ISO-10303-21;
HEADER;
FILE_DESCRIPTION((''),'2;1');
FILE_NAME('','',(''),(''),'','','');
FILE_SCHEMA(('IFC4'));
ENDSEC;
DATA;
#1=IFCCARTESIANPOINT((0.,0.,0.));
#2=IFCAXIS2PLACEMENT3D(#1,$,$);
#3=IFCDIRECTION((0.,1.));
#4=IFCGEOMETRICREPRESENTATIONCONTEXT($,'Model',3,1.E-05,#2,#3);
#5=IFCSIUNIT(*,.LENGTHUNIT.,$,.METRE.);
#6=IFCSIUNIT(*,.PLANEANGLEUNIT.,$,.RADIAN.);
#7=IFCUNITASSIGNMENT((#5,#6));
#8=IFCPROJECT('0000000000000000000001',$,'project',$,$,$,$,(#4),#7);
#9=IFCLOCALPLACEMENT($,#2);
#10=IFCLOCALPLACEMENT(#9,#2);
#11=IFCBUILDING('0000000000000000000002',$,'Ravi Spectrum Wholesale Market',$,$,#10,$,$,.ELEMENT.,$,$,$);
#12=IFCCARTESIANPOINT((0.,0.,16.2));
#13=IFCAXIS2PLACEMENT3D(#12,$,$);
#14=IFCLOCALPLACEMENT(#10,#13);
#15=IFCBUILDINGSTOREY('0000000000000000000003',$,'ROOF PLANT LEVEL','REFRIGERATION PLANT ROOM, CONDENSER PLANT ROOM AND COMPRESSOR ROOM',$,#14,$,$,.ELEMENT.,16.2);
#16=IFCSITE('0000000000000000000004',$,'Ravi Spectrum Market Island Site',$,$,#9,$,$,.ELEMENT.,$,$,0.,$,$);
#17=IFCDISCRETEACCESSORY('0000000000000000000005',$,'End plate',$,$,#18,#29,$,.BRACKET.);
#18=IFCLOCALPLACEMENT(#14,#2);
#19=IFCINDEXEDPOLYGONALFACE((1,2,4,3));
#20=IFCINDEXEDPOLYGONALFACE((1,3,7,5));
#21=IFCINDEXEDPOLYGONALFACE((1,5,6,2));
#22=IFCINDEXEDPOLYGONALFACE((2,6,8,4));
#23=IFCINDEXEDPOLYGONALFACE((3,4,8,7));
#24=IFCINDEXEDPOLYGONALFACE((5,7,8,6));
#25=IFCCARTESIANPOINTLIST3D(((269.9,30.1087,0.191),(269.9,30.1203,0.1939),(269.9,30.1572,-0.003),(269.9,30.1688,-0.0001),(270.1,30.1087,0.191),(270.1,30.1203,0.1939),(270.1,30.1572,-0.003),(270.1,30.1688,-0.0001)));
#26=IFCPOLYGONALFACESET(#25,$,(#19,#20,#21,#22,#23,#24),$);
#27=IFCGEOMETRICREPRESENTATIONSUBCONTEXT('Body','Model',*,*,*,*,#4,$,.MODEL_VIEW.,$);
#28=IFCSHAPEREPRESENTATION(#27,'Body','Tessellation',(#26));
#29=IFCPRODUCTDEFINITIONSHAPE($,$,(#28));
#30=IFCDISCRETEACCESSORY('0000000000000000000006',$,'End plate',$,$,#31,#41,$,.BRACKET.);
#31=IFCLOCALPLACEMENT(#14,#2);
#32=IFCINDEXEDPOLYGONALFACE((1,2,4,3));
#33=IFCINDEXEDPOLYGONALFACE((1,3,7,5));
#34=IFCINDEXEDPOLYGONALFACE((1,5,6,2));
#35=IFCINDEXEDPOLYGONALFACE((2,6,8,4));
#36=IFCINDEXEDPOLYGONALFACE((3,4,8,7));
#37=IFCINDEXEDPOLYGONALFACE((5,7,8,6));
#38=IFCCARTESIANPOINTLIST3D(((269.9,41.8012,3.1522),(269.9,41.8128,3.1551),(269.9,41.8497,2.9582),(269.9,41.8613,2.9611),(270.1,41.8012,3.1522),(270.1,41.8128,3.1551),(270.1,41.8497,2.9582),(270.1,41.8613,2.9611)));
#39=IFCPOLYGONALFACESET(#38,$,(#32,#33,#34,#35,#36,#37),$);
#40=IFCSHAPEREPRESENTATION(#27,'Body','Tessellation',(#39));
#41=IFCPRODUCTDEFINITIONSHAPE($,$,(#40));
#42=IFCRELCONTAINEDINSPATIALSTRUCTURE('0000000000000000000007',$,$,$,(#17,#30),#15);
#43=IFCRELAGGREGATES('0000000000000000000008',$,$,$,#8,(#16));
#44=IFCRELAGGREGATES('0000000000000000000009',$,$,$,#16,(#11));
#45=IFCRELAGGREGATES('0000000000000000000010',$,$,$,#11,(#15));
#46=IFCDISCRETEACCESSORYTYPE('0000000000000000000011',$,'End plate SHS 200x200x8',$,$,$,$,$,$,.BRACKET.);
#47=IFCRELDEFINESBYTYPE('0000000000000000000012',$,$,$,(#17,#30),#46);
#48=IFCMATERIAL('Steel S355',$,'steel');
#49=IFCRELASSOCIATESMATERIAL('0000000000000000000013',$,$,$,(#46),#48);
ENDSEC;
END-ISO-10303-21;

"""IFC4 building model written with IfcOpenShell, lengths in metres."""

from ifc_helpers import new_model, si_unit, direction, frame, origin, origin_2d, place, context, subcontext, project, spatial, rectangle, extrude, material, material_profile, profile_set, type_object, element, save


model = new_model("IFC4")

# Units and contexts
model_context = context("Model", 3, precision=1e-05, world=origin(), true_north=direction((0.0, 1.0)))
body_context = subcontext(model_context, "Body", "Model", "MODEL_VIEW")
ifc_project = project(units=[si_unit("LENGTHUNIT", "METRE"), si_unit("PLANEANGLEUNIT", "RADIAN")], contexts=[model_context])

# Site, building, storey
site_placement = place(None, origin())
site = spatial("IfcSite", under=ifc_project, at=site_placement, Name="Ravi Spectrum Market Island Site", CompositionType="ELEMENT", RefElevation=0.0)
building_placement = place(site_placement, origin())
building = spatial("IfcBuilding", under=site, at=building_placement, Name="Ravi Spectrum Wholesale Market", CompositionType="ELEMENT")
storey_placement = place(building_placement, frame((0.0, 0.0, 16.2)))
storey = spatial("IfcBuildingStorey", under=building, at=storey_placement, Name="ROOF PLANT LEVEL", Description="REFRIGERATION PLANT ROOM, CONDENSER PLANT ROOM AND COMPRESSOR ROOM", CompositionType="ELEMENT", Elevation=16.2)

# Discrete accessories
ifc_material_1 = material(Name="Steel S355", Category="steel")
ifc_material_profile_1 = material_profile(ifc_material_1, rectangle(XDim=0.2, YDim=0.2, at=origin_2d()))
ifc_profile_set_1 = profile_set([ifc_material_profile_1], Name="Steel S355")
discrete_accessory_type_1 = type_object("IfcDiscreteAccessoryType", Name="End plate SHS 200x200x8", PredefinedType="BRACKET", material=ifc_profile_set_1)
for number, where, z_axis, x_axis, name in (
    (1, (270.0, 30.1445, 0.0969), (0.0, -0.970143, -0.242536), (1.0, 0.0, 0.0), "End plate"),
    (2, (270.0, 41.8254, 3.0552), (0.0, 0.970143, 0.242536), (-1.0, 0.0, 0.0), "End plate"),
):
    element("IfcDiscreteAccessory", number, at=place(storey_placement, frame(where, z_axis=z_axis, x_axis=x_axis)), inside=storey, type_object=discrete_accessory_type_1, Name=name, PredefinedType="BRACKET", context=body_context, shape_type="SweptSolid", body=[
        extrude(rectangle(XDim=0.2, YDim=0.2, at=origin_2d()), origin(), (0.0, 0.0, 1.0), 0.012),
    ])

save(model, "model.ifc")
